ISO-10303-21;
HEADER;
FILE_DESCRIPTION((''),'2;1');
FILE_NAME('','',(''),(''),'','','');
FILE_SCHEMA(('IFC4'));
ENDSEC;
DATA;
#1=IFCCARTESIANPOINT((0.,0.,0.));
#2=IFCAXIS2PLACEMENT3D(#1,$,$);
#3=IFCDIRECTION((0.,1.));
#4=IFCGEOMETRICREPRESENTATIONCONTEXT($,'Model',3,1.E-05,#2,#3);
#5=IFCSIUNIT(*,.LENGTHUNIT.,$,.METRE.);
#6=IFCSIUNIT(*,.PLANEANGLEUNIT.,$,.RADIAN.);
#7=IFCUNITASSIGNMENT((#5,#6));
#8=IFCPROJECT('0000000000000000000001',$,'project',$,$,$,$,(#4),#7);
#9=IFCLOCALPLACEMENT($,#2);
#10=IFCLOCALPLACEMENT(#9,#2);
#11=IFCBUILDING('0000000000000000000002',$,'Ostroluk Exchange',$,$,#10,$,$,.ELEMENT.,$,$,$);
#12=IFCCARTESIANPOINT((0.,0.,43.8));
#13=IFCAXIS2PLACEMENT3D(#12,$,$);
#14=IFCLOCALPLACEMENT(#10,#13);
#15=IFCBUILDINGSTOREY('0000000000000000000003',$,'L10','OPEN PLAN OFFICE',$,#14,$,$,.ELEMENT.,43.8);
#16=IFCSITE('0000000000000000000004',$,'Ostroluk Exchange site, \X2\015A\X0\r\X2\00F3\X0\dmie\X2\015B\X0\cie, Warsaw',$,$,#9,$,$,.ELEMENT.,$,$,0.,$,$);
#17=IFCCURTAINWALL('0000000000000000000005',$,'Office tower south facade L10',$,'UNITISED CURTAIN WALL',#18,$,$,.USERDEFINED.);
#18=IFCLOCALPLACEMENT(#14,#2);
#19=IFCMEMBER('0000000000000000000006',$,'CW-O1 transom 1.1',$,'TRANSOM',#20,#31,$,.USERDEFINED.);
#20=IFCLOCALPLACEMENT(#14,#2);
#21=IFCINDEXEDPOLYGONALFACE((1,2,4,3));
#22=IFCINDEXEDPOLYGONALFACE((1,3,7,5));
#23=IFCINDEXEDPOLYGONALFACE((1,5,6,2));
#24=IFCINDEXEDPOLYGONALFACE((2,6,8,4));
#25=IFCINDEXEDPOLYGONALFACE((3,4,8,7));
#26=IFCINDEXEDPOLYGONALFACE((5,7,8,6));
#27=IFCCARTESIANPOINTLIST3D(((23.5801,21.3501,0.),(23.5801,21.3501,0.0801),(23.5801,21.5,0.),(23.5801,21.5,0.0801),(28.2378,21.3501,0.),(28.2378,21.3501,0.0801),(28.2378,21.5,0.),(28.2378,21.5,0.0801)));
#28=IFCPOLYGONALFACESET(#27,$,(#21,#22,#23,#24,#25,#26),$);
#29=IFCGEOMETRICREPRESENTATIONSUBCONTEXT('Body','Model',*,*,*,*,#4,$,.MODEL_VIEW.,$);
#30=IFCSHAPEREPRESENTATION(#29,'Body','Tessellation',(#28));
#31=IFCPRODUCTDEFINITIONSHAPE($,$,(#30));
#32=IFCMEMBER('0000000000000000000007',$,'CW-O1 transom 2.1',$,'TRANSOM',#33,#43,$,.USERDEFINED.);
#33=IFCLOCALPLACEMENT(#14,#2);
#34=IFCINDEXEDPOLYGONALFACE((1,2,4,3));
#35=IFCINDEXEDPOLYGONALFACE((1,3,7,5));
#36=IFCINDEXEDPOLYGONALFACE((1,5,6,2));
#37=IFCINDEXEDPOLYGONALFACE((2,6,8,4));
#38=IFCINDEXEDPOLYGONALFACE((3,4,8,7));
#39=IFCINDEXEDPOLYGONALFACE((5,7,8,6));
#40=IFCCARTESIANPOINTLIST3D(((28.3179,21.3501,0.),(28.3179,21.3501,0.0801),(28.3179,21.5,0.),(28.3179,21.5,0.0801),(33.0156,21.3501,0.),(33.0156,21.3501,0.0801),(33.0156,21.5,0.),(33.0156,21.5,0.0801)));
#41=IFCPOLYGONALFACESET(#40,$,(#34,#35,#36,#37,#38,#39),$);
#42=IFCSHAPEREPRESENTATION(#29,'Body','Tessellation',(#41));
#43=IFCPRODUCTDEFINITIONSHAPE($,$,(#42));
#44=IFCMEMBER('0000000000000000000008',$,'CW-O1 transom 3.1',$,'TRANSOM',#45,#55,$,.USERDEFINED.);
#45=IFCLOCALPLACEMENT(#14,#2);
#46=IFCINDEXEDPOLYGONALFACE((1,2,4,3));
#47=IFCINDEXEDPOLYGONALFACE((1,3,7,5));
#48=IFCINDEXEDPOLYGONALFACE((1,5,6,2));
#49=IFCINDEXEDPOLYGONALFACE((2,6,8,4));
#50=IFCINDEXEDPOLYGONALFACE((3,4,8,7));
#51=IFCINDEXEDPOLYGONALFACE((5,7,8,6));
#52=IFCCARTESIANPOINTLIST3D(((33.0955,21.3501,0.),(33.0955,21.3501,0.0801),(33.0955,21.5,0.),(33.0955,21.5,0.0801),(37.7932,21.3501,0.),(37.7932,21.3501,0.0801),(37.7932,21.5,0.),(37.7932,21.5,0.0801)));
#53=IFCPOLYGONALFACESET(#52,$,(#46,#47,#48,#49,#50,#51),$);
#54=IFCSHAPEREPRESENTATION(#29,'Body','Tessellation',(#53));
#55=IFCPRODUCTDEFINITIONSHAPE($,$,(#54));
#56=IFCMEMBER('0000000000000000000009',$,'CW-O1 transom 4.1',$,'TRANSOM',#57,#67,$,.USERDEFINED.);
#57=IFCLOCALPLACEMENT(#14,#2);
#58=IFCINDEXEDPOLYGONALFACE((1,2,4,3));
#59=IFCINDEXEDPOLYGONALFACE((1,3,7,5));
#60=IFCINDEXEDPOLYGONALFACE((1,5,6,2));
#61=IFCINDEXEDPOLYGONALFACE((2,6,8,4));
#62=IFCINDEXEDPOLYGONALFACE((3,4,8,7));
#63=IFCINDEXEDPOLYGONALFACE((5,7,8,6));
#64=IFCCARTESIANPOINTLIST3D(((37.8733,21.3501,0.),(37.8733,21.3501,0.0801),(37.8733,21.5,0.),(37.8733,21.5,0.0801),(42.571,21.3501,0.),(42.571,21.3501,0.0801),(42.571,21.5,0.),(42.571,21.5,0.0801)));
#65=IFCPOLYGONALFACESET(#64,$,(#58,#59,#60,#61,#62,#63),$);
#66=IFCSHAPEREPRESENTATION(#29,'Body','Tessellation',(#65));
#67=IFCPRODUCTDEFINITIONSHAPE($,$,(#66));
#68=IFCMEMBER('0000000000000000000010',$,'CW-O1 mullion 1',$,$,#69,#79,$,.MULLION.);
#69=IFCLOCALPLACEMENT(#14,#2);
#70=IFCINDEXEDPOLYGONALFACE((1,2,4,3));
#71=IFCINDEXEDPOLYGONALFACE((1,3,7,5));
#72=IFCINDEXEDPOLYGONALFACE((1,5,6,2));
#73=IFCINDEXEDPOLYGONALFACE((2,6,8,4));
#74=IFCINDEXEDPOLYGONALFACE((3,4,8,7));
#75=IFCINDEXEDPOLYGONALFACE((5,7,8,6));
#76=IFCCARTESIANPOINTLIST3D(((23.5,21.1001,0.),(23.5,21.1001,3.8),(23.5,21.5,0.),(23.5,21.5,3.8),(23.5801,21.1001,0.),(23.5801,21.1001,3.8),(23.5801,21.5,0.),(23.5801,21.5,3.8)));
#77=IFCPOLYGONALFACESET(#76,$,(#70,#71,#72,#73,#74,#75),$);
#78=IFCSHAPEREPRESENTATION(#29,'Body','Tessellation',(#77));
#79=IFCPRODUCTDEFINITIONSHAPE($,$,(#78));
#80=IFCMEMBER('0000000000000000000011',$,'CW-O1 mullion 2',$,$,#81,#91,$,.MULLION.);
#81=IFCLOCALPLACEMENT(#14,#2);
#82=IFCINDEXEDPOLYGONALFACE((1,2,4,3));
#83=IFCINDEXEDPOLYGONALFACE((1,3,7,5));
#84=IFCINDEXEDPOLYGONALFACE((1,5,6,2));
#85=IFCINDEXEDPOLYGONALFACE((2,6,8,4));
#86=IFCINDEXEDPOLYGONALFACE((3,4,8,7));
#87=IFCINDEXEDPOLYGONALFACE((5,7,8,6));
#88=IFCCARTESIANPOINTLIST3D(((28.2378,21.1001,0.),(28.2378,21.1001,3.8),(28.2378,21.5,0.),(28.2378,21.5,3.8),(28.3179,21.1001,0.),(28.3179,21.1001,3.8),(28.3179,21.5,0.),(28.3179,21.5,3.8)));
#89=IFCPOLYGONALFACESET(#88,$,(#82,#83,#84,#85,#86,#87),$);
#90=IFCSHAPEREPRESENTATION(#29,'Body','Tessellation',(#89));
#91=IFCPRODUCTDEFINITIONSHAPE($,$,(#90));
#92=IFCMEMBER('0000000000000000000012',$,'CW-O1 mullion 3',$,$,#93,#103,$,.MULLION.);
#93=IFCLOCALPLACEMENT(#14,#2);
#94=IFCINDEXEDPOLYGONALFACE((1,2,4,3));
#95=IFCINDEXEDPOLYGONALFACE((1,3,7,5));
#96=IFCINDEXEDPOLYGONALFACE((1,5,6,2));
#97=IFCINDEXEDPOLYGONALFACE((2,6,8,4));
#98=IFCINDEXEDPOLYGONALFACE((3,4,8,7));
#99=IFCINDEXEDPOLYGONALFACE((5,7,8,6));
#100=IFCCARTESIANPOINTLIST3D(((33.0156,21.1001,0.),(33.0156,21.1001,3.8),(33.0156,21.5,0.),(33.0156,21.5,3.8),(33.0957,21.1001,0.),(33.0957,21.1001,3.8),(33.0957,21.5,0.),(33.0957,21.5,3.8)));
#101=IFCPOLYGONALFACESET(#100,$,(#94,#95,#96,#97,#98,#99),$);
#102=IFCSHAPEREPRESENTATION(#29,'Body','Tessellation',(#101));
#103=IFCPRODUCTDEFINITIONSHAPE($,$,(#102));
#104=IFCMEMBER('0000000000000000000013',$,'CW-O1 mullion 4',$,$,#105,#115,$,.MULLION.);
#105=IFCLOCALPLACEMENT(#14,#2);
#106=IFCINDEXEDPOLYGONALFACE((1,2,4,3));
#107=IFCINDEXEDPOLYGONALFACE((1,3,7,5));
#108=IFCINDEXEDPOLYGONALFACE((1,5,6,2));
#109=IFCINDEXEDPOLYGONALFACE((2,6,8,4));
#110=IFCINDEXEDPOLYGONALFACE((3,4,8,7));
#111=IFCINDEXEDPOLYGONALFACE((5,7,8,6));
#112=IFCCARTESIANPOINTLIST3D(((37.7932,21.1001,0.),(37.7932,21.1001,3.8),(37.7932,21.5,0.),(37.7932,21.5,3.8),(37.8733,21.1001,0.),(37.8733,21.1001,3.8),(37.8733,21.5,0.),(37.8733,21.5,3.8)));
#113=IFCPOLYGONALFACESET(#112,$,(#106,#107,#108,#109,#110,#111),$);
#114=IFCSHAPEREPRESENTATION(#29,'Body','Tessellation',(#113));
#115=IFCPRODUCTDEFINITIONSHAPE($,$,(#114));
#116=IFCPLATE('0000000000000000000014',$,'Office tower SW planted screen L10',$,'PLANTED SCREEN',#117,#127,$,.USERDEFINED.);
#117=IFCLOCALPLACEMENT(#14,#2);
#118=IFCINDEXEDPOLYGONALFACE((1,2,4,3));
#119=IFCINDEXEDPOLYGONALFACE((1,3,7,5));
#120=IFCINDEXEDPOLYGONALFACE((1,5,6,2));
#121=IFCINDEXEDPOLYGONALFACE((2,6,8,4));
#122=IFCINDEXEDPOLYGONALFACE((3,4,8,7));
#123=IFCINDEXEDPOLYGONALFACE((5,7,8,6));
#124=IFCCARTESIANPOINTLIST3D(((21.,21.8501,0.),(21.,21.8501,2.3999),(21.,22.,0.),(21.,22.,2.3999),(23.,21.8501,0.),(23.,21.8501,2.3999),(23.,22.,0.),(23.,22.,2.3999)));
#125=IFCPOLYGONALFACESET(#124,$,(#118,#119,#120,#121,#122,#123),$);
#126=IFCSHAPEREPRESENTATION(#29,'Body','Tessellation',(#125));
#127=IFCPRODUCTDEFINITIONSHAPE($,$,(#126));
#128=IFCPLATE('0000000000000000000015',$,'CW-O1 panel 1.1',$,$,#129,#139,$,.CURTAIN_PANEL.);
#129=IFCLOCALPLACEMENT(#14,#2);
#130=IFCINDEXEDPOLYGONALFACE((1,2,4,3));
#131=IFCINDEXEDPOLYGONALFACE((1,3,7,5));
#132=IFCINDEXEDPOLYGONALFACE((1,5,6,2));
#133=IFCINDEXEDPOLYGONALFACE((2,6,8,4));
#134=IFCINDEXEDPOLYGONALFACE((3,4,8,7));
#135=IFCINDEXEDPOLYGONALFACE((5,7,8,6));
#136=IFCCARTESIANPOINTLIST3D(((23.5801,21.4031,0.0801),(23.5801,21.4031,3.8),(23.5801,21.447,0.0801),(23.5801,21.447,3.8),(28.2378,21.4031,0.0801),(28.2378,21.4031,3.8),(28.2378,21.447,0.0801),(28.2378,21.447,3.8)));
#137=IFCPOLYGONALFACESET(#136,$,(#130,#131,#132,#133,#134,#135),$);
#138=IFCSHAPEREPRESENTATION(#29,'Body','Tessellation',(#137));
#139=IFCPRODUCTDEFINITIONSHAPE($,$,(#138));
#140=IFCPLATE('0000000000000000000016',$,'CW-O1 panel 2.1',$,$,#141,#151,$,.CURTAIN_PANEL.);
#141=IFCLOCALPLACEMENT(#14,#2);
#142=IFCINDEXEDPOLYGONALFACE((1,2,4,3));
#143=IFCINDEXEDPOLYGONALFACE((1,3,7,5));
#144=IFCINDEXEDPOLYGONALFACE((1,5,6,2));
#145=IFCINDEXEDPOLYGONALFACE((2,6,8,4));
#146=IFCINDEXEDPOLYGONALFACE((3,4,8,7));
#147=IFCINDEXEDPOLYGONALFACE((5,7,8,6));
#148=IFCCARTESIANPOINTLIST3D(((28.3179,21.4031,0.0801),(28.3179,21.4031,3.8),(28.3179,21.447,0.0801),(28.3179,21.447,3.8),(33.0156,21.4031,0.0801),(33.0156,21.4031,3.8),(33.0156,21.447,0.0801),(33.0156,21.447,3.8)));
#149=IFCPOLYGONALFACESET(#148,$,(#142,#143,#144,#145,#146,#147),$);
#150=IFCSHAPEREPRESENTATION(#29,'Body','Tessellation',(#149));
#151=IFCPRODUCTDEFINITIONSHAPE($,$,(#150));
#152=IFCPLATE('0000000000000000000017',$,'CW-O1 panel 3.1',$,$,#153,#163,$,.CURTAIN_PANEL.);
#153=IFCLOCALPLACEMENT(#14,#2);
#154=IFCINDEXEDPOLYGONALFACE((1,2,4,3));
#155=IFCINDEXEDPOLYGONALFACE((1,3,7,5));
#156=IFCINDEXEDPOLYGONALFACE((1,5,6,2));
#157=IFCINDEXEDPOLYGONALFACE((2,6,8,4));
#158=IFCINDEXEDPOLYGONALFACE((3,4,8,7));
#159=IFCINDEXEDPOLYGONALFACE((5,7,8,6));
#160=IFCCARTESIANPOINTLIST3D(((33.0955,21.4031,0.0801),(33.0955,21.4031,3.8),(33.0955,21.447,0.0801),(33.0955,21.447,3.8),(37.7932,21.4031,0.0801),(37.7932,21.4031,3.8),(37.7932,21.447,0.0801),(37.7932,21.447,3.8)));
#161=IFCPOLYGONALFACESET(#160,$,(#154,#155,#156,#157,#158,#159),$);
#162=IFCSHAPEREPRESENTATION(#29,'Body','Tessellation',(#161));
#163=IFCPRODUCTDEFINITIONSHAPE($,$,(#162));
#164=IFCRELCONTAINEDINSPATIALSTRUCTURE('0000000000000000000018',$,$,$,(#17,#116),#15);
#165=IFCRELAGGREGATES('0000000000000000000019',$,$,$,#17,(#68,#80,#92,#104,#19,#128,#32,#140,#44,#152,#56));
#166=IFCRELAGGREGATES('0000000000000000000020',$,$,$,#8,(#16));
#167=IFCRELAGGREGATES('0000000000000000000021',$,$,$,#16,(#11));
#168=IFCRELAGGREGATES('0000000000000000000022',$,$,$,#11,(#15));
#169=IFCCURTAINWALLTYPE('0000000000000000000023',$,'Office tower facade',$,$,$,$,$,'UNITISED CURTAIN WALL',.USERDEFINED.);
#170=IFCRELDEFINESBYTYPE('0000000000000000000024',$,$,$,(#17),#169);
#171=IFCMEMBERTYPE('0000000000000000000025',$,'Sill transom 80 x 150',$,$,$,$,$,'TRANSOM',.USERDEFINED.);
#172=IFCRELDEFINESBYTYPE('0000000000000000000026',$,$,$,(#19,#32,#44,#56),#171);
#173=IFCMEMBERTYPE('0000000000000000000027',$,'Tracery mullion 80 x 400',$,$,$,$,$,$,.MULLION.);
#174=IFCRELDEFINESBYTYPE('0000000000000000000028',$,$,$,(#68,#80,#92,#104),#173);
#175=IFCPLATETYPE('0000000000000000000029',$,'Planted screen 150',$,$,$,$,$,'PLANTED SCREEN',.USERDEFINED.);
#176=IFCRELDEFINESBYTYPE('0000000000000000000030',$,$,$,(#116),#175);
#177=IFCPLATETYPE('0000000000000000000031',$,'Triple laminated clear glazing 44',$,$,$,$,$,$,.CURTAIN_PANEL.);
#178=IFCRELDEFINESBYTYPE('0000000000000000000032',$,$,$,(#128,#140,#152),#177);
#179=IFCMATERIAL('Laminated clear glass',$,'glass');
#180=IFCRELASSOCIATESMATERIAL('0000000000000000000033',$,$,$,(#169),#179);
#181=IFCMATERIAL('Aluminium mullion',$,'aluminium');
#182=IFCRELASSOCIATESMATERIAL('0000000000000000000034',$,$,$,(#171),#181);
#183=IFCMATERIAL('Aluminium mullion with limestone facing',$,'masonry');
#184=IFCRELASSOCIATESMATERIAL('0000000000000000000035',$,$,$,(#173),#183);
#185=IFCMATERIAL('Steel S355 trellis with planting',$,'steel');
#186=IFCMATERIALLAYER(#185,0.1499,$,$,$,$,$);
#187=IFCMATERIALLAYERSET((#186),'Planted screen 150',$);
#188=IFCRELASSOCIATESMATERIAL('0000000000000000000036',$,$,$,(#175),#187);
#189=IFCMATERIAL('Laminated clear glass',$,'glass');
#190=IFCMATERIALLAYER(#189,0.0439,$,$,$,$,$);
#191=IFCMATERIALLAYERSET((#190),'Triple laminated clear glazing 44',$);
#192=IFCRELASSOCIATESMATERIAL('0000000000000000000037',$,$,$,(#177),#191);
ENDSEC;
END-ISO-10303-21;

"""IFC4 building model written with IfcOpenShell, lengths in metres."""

from ifc_helpers import new_model, si_unit, direction, frame, origin, origin_2d, place, context, subcontext, project, spatial, rectangle, extrude, material, layer, layer_set, material_profile, profile_set, type_object, element, aggregate, save


model = new_model("IFC4")

# Units and contexts
model_context = context("Model", 3, precision=1e-05, world=origin(), true_north=direction((0.0, 1.0)))
body_context = subcontext(model_context, "Body", "Model", "MODEL_VIEW")
ifc_project = project(units=[si_unit("LENGTHUNIT", "METRE"), si_unit("PLANEANGLEUNIT", "RADIAN")], contexts=[model_context])

# Site, building, storey
site_placement = place(None, origin())
site = spatial("IfcSite", under=ifc_project, at=site_placement, Name="Ostroluk Exchange site, Śródmieście, Warsaw", CompositionType="ELEMENT", RefElevation=0.0)
building_placement = place(site_placement, origin())
building = spatial("IfcBuilding", under=site, at=building_placement, Name="Ostroluk Exchange", CompositionType="ELEMENT")
storey_placement = place(building_placement, frame((0.0, 0.0, 43.8)))
storey = spatial("IfcBuildingStorey", under=building, at=storey_placement, Name="L10", Description="OPEN PLAN OFFICE", CompositionType="ELEMENT", Elevation=43.8)

# Curtain wall, members
ifc_material_1 = material(Name="Laminated clear glass", Category="glass")
curtain_wall_type = type_object("IfcCurtainWallType", Name="Office tower facade", ElementType="UNITISED CURTAIN WALL", PredefinedType="USERDEFINED", material=ifc_material_1)
curtain_wall_placement = place(storey_placement, origin())
curtain_wall = element("IfcCurtainWall", 1, at=curtain_wall_placement, inside=storey, type_object=curtain_wall_type, Name="Office tower south facade L10", ObjectType="UNITISED CURTAIN WALL", PredefinedType="USERDEFINED")
ifc_material_2 = material(Name="Aluminium mullion", Category="aluminium")
ifc_material_profile_1 = material_profile(ifc_material_2, rectangle(XDim=0.1499, YDim=0.0801, at=origin_2d()), Name="Sill transom 80 x 150")
ifc_profile_set_1 = profile_set([ifc_material_profile_1], Name="Aluminium mullion")
member_type_1 = type_object("IfcMemberType", Name="Sill transom 80 x 150", ElementType="TRANSOM", PredefinedType="USERDEFINED", material=ifc_profile_set_1)
member_1_placement = place(storey_placement, frame((23.5801, 21.425, 0.04), z_axis=(1.0, 0.0, 0.0), x_axis=(0.0, 1.0, 0.0)))
member_1 = element("IfcMember", 2, at=member_1_placement, type_object=member_type_1, Name="CW-O1 transom 1.1", ObjectType="TRANSOM", PredefinedType="USERDEFINED", context=body_context, shape_type="SweptSolid", body=[
    extrude(rectangle(XDim=0.1499, YDim=0.0801, at=origin_2d()), origin(), (0.0, 0.0, 1.0), 4.6577),
])
member_2_placement = place(storey_placement, frame((28.3179, 21.425, 0.04), z_axis=(1.0, 0.0, 0.0), x_axis=(0.0, 1.0, 0.0)))
member_2 = element("IfcMember", 3, at=member_2_placement, type_object=member_type_1, Name="CW-O1 transom 2.1", ObjectType="TRANSOM", PredefinedType="USERDEFINED", context=body_context, shape_type="SweptSolid", body=[
    extrude(rectangle(XDim=0.1499, YDim=0.0801, at=origin_2d()), origin(), (0.0, 0.0, 1.0), 4.6978),
])
member_3_placement = place(storey_placement, frame((33.0955, 21.425, 0.04), z_axis=(1.0, 0.0, 0.0), x_axis=(0.0, 1.0, 0.0)))
member_3 = element("IfcMember", 4, at=member_3_placement, type_object=member_type_1, Name="CW-O1 transom 3.1", ObjectType="TRANSOM", PredefinedType="USERDEFINED", context=body_context, shape_type="SweptSolid", body=[
    extrude(rectangle(XDim=0.1499, YDim=0.0801, at=origin_2d()), origin(), (0.0, 0.0, 1.0), 4.6978),
])
member_4_placement = place(storey_placement, frame((37.8733, 21.425, 0.04), z_axis=(1.0, 0.0, 0.0), x_axis=(0.0, 1.0, 0.0)))
member_4 = element("IfcMember", 5, at=member_4_placement, type_object=member_type_1, Name="CW-O1 transom 4.1", ObjectType="TRANSOM", PredefinedType="USERDEFINED", context=body_context, shape_type="SweptSolid", body=[
    extrude(rectangle(XDim=0.1499, YDim=0.0801, at=origin_2d()), origin(), (0.0, 0.0, 1.0), 4.6978),
])
ifc_material_3 = material(Name="Aluminium mullion with limestone facing", Category="masonry")
ifc_material_profile_2 = material_profile(ifc_material_3, rectangle(XDim=0.3999, YDim=0.0801, at=origin_2d()), Name="Tracery mullion 80 x 400")
ifc_profile_set_2 = profile_set([ifc_material_profile_2], Name="Aluminium mullion with limestone facing")
member_type_2 = type_object("IfcMemberType", Name="Tracery mullion 80 x 400", PredefinedType="MULLION", material=ifc_profile_set_2)
member_5_placement = place(storey_placement, frame((23.54, 21.3, 0.0), z_axis=(0.0, 0.0, 1.0), x_axis=(0.0, 1.0, 0.0)))
member_5 = element("IfcMember", 6, at=member_5_placement, type_object=member_type_2, Name="CW-O1 mullion 1", PredefinedType="MULLION", context=body_context, shape_type="SweptSolid", body=[
    extrude(rectangle(XDim=0.3999, YDim=0.0801, at=origin_2d()), origin(), (0.0, 0.0, 1.0), 3.8),
])
member_6_placement = place(storey_placement, frame((28.2778, 21.3, 0.0), z_axis=(0.0, 0.0, 1.0), x_axis=(0.0, 1.0, 0.0)))
member_6 = element("IfcMember", 7, at=member_6_placement, type_object=member_type_2, Name="CW-O1 mullion 2", PredefinedType="MULLION", context=body_context, shape_type="SweptSolid", body=[
    extrude(rectangle(XDim=0.3999, YDim=0.0801, at=origin_2d()), origin(), (0.0, 0.0, 1.0), 3.8),
])
member_7_placement = place(storey_placement, frame((33.0557, 21.3, 0.0), z_axis=(0.0, 0.0, 1.0), x_axis=(0.0, 1.0, 0.0)))
member_7 = element("IfcMember", 8, at=member_7_placement, type_object=member_type_2, Name="CW-O1 mullion 3", PredefinedType="MULLION", context=body_context, shape_type="SweptSolid", body=[
    extrude(rectangle(XDim=0.3999, YDim=0.0801, at=origin_2d()), origin(), (0.0, 0.0, 1.0), 3.8),
])
member_8_placement = place(storey_placement, frame((37.8333, 21.3, 0.0), z_axis=(0.0, 0.0, 1.0), x_axis=(0.0, 1.0, 0.0)))
member_8 = element("IfcMember", 9, at=member_8_placement, type_object=member_type_2, Name="CW-O1 mullion 4", PredefinedType="MULLION", context=body_context, shape_type="SweptSolid", body=[
    extrude(rectangle(XDim=0.3999, YDim=0.0801, at=origin_2d()), origin(), (0.0, 0.0, 1.0), 3.8),
])

# Plates
ifc_material_4 = material(Name="Steel S355 trellis with planting", Category="steel")
ifc_layer_1 = layer(ifc_material_4, 0.1499)
ifc_layer_set_1 = layer_set([ifc_layer_1], Name="Planted screen 150")
plate_type_1 = type_object("IfcPlateType", Name="Planted screen 150", ElementType="PLANTED SCREEN", PredefinedType="USERDEFINED", material=ifc_layer_set_1)
plate_1_placement = place(storey_placement, frame((22.0, 21.925, 0.0), z_axis=(0.0, 0.0, 1.0), x_axis=(1.0, 0.0, 0.0)))
element("IfcPlate", 10, at=plate_1_placement, inside=storey, type_object=plate_type_1, Name="Office tower SW planted screen L10", ObjectType="PLANTED SCREEN", PredefinedType="USERDEFINED", context=body_context, shape_type="SweptSolid", body=[
    extrude(rectangle(XDim=2.0, YDim=0.1499, at=origin_2d()), origin(), (0.0, 0.0, 1.0), 2.3999),
])
ifc_material_5 = material(Name="Laminated clear glass", Category="glass")
ifc_layer_2 = layer(ifc_material_5, 0.0439)
ifc_layer_set_2 = layer_set([ifc_layer_2], Name="Triple laminated clear glazing 44")
plate_type_2 = type_object("IfcPlateType", Name="Triple laminated clear glazing 44", PredefinedType="CURTAIN_PANEL", material=ifc_layer_set_2)
plate_2_placement = place(storey_placement, frame((25.9089, 21.425, 0.0801), z_axis=(0.0, 0.0, 1.0), x_axis=(1.0, 0.0, 0.0)))
plate_2 = element("IfcPlate", 11, at=plate_2_placement, type_object=plate_type_2, Name="CW-O1 panel 1.1", PredefinedType="CURTAIN_PANEL", context=body_context, shape_type="SweptSolid", body=[
    extrude(rectangle(XDim=4.6577, YDim=0.0439, at=origin_2d()), origin(), (0.0, 0.0, 1.0), 3.72),
])
plate_3_placement = place(storey_placement, frame((30.6667, 21.425, 0.0801), z_axis=(0.0, 0.0, 1.0), x_axis=(1.0, 0.0, 0.0)))
plate_3 = element("IfcPlate", 12, at=plate_3_placement, type_object=plate_type_2, Name="CW-O1 panel 2.1", PredefinedType="CURTAIN_PANEL", context=body_context, shape_type="SweptSolid", body=[
    extrude(rectangle(XDim=4.6978, YDim=0.0439, at=origin_2d()), origin(), (0.0, 0.0, 1.0), 3.72),
])
plate_4_placement = place(storey_placement, frame((35.4443, 21.425, 0.0801), z_axis=(0.0, 0.0, 1.0), x_axis=(1.0, 0.0, 0.0)))
plate_4 = element("IfcPlate", 13, at=plate_4_placement, type_object=plate_type_2, Name="CW-O1 panel 3.1", PredefinedType="CURTAIN_PANEL", context=body_context, shape_type="SweptSolid", body=[
    extrude(rectangle(XDim=4.6978, YDim=0.0439, at=origin_2d()), origin(), (0.0, 0.0, 1.0), 3.72),
])
aggregate(curtain_wall, [member_5, member_6, member_7, member_8, member_1, plate_2, member_2, plate_3, member_3, plate_4, member_4])

save(model, "model.ifc")
